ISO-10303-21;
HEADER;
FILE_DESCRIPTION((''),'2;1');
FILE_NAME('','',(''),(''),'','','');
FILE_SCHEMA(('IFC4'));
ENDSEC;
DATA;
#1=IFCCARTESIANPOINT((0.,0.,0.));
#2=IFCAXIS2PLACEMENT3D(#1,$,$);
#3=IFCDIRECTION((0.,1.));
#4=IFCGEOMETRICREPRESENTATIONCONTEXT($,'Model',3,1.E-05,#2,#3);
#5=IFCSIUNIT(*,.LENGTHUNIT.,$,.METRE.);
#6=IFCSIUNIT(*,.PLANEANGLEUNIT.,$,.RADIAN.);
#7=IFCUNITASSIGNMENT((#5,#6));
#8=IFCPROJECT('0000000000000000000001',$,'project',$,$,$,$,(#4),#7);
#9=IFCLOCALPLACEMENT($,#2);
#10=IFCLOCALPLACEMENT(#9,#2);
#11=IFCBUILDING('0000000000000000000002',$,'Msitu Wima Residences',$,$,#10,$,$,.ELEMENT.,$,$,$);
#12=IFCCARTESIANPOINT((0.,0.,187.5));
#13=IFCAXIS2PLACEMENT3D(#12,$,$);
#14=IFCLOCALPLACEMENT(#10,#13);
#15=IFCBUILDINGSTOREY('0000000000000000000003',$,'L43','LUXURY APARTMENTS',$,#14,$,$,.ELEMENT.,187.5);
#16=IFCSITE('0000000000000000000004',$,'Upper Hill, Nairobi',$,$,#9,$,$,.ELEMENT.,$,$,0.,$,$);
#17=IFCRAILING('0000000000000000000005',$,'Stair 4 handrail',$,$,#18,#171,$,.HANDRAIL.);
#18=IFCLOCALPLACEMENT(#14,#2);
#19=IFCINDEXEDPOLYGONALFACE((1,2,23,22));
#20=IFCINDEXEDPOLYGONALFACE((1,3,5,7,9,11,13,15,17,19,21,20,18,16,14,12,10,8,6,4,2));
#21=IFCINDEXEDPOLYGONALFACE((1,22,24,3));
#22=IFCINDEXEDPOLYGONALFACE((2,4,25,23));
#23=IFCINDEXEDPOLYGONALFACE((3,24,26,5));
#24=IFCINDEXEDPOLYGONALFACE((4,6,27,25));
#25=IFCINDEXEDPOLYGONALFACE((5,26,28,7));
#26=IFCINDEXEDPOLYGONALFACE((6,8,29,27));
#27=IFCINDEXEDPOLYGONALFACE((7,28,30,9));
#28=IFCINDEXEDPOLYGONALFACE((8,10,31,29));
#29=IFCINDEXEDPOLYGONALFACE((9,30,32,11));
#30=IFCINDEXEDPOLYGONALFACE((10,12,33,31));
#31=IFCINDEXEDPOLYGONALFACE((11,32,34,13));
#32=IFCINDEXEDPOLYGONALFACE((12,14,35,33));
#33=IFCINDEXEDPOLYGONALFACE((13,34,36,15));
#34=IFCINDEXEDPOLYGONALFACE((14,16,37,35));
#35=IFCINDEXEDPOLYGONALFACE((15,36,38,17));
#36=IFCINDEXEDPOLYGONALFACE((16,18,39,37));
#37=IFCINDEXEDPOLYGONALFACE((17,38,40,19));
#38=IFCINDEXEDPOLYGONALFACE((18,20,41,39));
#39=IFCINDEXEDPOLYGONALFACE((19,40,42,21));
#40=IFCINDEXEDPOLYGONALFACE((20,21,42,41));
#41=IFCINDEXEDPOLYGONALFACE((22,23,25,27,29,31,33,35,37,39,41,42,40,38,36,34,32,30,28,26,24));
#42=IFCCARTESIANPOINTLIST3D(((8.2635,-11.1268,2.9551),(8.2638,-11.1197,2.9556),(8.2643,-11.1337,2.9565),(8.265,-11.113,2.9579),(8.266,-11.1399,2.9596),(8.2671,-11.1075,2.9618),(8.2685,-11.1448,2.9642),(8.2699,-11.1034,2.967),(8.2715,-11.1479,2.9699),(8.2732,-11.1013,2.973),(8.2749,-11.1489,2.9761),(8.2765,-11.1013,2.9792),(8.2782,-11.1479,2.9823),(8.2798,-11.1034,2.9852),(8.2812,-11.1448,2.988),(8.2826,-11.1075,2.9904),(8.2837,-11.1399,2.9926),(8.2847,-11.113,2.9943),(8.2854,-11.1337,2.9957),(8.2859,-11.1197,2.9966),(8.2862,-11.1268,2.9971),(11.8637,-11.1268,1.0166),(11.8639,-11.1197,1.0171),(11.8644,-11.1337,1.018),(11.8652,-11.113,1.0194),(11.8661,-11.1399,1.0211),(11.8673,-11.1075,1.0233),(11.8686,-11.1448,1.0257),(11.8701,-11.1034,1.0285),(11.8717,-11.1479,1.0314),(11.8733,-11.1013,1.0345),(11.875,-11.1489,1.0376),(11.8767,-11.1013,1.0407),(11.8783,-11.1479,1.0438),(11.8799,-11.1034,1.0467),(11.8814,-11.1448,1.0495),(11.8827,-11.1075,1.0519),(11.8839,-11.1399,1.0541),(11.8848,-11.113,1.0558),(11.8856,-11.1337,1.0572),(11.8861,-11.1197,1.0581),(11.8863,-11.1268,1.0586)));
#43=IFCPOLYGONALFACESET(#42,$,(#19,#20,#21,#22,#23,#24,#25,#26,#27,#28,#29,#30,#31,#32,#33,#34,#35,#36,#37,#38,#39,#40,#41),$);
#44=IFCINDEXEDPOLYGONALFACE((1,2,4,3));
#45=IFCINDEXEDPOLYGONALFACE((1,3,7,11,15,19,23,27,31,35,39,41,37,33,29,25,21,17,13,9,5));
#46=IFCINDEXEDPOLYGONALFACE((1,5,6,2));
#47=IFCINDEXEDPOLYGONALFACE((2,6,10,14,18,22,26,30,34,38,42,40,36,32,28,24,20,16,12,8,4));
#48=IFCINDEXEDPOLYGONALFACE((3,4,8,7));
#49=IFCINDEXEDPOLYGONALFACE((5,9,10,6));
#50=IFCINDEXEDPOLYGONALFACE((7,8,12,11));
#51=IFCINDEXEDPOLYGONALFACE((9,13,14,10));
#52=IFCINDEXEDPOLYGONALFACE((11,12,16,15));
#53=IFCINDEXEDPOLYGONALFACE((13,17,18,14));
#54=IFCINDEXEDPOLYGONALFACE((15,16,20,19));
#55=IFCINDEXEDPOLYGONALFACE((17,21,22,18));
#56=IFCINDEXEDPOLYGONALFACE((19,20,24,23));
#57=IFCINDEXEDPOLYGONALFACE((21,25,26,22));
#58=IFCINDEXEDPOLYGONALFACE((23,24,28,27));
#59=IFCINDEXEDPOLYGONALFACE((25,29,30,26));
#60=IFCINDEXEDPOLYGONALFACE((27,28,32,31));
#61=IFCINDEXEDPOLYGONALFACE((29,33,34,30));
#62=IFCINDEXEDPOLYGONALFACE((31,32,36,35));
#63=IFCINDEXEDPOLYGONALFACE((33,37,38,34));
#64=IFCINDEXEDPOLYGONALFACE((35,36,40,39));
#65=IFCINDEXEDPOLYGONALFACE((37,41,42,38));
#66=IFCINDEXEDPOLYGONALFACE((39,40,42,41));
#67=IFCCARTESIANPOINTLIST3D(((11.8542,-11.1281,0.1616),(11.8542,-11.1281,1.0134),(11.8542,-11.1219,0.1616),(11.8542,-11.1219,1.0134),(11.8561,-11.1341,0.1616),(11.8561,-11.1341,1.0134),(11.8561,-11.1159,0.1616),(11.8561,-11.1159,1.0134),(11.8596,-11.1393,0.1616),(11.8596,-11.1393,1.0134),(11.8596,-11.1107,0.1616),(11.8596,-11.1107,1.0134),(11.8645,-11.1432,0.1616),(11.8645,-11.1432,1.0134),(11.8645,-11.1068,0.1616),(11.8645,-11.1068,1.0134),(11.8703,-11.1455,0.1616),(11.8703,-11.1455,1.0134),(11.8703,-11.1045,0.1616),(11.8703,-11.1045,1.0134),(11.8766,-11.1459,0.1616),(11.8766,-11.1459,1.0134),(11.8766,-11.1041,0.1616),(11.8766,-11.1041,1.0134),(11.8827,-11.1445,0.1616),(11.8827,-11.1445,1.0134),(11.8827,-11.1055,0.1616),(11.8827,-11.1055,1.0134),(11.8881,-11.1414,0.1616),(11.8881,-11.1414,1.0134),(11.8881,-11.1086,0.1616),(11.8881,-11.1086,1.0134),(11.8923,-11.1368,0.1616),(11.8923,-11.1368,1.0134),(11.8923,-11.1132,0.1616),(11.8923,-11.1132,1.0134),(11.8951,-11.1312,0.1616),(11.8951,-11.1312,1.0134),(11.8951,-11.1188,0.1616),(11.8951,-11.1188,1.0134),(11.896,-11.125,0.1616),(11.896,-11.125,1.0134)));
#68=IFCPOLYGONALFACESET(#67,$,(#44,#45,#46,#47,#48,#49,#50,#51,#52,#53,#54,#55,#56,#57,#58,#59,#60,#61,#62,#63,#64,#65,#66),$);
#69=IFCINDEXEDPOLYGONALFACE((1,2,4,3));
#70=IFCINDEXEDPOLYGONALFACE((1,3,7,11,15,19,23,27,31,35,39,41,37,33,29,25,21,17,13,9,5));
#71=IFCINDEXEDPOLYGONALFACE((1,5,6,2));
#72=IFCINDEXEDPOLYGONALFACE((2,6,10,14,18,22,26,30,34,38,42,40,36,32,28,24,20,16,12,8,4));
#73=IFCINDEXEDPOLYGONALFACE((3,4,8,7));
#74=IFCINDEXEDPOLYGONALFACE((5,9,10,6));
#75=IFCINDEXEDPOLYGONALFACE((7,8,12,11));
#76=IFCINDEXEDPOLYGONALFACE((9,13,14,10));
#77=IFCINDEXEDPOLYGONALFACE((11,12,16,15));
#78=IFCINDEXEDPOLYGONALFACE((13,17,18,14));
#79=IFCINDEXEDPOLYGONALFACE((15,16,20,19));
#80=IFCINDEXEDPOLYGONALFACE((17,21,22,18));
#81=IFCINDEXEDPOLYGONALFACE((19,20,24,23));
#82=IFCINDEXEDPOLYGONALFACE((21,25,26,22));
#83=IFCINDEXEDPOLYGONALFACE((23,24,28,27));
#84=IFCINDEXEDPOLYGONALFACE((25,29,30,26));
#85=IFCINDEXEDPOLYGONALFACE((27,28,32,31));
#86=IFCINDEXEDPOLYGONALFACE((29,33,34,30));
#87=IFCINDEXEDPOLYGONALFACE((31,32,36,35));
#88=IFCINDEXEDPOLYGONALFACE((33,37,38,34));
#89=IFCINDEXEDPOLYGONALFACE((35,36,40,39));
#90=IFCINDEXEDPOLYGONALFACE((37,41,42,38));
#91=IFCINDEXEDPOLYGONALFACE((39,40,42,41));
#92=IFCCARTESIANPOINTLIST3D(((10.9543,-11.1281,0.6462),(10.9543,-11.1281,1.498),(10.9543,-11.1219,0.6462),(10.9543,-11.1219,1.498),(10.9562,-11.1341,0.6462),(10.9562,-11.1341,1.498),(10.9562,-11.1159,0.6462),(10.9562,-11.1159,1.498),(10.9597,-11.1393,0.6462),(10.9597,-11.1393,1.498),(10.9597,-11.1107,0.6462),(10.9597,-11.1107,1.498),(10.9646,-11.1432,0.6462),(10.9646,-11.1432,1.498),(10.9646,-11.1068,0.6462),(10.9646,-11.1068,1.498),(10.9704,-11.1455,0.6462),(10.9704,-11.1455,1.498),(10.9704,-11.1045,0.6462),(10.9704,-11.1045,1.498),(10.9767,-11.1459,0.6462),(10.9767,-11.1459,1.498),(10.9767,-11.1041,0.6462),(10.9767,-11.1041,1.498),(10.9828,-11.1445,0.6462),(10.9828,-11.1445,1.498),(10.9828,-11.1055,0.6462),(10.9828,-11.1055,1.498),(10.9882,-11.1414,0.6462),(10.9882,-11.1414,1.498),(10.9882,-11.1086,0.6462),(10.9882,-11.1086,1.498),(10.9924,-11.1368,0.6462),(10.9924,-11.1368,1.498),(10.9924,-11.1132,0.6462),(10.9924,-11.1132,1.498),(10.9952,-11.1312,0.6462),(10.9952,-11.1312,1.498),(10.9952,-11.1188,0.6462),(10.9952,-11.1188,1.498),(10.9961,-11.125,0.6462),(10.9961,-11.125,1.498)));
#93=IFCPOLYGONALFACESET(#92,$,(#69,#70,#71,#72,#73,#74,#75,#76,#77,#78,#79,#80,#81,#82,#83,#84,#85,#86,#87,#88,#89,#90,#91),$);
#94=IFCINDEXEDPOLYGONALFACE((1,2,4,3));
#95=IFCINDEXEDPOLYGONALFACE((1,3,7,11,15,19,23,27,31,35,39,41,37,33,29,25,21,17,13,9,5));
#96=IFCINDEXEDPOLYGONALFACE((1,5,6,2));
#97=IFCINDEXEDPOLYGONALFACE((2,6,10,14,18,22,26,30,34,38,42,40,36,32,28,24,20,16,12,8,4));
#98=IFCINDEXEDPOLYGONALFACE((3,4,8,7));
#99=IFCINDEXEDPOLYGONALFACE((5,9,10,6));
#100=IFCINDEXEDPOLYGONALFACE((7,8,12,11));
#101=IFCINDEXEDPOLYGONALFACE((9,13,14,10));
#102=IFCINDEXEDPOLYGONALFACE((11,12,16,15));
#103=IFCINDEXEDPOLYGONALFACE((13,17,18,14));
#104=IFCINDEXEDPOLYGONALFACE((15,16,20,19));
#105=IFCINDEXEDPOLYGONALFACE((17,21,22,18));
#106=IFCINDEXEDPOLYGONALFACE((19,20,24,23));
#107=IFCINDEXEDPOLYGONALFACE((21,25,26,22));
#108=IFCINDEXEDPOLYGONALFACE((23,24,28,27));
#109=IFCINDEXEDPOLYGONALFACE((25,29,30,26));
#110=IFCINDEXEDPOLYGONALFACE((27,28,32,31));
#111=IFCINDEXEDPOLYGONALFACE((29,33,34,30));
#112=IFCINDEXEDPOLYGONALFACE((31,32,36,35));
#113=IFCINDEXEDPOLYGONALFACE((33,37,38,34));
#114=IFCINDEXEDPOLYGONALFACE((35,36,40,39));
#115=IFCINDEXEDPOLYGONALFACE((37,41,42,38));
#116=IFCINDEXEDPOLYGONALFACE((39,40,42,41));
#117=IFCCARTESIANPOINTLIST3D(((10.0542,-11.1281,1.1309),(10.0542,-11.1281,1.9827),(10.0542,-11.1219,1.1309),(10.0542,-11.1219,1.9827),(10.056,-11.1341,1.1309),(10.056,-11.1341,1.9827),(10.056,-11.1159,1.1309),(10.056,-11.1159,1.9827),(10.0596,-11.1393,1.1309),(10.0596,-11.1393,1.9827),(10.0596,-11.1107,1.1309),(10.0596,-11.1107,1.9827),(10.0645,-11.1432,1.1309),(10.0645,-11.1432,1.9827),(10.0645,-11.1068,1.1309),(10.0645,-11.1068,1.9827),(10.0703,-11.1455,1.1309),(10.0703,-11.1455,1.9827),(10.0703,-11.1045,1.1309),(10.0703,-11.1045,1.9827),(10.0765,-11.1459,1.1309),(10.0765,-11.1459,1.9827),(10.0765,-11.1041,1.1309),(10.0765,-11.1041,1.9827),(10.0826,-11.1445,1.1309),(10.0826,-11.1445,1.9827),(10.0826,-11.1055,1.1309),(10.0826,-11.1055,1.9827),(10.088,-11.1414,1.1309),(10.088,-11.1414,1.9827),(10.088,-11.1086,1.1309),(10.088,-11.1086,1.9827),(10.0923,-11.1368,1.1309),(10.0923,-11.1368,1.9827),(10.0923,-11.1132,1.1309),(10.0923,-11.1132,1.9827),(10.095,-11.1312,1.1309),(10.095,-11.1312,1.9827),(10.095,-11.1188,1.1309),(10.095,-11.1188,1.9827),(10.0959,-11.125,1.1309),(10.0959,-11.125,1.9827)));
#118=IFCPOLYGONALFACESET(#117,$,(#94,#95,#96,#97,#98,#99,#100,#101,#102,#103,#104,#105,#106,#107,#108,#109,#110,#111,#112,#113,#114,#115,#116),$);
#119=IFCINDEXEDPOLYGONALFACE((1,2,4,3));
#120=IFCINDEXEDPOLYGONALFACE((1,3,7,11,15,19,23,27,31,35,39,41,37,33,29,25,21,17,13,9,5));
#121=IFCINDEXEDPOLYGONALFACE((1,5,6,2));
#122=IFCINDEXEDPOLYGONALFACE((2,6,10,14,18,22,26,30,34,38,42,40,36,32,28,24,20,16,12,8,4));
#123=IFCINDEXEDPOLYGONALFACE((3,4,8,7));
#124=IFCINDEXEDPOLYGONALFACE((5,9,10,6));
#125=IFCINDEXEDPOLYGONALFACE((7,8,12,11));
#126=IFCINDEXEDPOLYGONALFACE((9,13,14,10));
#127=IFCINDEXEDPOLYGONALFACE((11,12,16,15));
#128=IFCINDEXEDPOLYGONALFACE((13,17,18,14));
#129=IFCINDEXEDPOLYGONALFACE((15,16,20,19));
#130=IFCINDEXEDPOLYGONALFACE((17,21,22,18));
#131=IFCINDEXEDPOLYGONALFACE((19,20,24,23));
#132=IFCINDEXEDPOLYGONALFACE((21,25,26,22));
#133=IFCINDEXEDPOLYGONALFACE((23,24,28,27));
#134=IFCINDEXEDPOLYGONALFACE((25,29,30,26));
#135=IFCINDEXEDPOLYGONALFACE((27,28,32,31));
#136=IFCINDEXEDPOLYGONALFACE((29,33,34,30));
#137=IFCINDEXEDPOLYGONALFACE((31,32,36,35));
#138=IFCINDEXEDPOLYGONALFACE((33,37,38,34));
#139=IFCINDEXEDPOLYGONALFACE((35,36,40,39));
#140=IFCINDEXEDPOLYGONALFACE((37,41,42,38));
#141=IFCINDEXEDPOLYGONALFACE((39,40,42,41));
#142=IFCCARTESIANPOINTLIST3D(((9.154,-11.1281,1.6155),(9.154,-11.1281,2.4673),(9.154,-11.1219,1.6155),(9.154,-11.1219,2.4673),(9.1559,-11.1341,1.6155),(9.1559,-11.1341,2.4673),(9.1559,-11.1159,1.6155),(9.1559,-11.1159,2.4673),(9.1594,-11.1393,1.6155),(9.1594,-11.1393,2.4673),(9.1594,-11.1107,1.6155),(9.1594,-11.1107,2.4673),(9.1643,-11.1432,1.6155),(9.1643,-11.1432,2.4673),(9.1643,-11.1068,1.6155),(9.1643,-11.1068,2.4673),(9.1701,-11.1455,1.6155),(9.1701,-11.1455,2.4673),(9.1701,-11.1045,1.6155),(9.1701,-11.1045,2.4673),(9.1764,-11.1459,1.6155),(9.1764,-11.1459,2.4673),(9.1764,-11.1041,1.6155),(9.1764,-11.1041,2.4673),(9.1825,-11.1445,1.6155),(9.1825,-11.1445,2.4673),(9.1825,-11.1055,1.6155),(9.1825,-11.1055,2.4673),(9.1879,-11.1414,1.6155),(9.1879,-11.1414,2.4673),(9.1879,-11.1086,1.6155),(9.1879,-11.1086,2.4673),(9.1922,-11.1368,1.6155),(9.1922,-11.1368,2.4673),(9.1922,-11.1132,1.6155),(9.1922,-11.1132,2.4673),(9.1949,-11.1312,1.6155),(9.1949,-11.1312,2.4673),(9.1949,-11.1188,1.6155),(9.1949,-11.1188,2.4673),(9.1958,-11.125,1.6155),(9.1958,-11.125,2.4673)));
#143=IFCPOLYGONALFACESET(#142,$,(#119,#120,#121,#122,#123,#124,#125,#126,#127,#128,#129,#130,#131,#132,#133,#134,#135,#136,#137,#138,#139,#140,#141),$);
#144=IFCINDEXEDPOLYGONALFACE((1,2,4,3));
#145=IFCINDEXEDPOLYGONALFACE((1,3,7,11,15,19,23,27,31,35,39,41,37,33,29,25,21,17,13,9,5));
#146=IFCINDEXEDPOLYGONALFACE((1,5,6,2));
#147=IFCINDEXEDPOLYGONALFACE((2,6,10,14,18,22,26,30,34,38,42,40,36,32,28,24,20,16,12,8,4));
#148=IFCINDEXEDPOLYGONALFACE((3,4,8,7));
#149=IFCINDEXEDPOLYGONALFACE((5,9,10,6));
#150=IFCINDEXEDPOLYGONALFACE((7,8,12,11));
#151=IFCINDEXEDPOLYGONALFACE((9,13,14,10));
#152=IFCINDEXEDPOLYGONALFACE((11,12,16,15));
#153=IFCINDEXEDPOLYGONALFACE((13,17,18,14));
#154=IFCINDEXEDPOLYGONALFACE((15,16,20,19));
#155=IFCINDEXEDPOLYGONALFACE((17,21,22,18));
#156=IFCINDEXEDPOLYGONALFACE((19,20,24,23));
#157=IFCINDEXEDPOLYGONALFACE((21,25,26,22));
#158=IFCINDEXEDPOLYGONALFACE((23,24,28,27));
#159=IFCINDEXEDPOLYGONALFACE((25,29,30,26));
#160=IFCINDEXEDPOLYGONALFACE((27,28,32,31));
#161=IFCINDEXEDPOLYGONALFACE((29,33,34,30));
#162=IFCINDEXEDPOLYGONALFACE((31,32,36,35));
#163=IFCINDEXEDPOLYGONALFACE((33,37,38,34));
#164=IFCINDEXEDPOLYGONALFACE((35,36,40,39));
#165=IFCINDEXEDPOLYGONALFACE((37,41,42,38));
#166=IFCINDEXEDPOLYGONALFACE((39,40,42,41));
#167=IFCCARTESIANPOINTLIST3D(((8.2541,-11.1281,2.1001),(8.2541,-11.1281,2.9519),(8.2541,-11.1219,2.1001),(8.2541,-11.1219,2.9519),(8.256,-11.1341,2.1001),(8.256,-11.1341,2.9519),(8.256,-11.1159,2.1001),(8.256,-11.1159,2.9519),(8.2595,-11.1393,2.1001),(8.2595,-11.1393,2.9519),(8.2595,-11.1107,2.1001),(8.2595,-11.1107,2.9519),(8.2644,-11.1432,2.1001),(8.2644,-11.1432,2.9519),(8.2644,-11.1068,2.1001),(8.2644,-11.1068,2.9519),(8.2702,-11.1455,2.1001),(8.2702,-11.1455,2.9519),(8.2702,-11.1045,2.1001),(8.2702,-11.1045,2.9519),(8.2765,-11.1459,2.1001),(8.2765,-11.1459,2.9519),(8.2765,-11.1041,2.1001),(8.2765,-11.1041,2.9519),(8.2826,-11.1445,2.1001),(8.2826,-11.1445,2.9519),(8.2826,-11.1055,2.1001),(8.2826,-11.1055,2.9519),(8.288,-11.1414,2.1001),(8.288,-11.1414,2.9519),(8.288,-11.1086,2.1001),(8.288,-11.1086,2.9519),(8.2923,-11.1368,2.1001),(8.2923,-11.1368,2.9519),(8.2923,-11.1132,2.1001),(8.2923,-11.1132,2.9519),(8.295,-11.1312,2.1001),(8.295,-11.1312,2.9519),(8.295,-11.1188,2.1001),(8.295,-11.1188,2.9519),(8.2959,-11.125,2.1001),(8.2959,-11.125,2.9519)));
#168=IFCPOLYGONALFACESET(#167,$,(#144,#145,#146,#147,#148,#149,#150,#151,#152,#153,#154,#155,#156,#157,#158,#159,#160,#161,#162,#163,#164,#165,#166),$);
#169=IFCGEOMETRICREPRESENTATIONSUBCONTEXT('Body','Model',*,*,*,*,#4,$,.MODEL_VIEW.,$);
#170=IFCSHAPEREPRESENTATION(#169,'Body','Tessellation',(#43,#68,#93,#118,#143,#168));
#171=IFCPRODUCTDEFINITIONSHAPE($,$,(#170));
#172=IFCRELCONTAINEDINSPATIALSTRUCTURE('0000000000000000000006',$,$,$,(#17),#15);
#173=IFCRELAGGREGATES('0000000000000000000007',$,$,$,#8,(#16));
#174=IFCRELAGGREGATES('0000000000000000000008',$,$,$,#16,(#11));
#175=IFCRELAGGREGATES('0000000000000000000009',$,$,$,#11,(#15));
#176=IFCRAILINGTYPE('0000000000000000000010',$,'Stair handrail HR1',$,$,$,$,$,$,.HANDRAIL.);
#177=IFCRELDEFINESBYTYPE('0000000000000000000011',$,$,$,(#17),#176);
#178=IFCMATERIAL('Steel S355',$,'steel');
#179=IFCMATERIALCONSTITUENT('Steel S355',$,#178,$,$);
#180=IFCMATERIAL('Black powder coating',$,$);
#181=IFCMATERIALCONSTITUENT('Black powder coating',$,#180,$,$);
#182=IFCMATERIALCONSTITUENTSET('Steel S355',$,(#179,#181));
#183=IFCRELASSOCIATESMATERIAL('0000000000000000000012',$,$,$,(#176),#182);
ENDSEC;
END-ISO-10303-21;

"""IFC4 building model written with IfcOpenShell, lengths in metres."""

from ifc_helpers import new_model, si_unit, direction, frame, origin, origin_2d, place, context, subcontext, project, spatial, circle, extrude, material, constituent, constituent_set, type_object, element, save


model = new_model("IFC4")

# Units and contexts
model_context = context("Model", 3, precision=1e-05, world=origin(), true_north=direction((0.0, 1.0)))
body_context = subcontext(model_context, "Body", "Model", "MODEL_VIEW")
ifc_project = project(units=[si_unit("LENGTHUNIT", "METRE"), si_unit("PLANEANGLEUNIT", "RADIAN")], contexts=[model_context])

# Site, building, storey
site_placement = place(None, origin())
site = spatial("IfcSite", under=ifc_project, at=site_placement, Name="Upper Hill, Nairobi", CompositionType="ELEMENT", RefElevation=0.0)
building_placement = place(site_placement, origin())
building = spatial("IfcBuilding", under=site, at=building_placement, Name="Msitu Wima Residences", CompositionType="ELEMENT")
storey_placement = place(building_placement, frame((0.0, 0.0, 187.5)))
storey = spatial("IfcBuildingStorey", under=building, at=storey_placement, Name="L43", Description="LUXURY APARTMENTS", CompositionType="ELEMENT", Elevation=187.5)

# Railing
ifc_material_1 = material(Name="Steel S355", Category="steel")
ifc_constituent_1 = constituent(ifc_material_1, Name="Steel S355")
ifc_material_2 = material(Name="Black powder coating")
ifc_constituent_2 = constituent(ifc_material_2, Name="Black powder coating")
ifc_constituent_set = constituent_set(constituents=[ifc_constituent_1, ifc_constituent_2], Name="Steel S355")
railing_type = type_object("IfcRailingType", Name="Stair handrail HR1", PredefinedType="HANDRAIL", material=ifc_constituent_set)
for number, where, name in (
    (1, (11.875, -11.125, 0.1616), "Stair 4 handrail"),
):
    element("IfcRailing", number, at=place(storey_placement, frame(where)), inside=storey, type_object=railing_type, Name=name, PredefinedType="HANDRAIL", context=body_context, shape_type="SweptSolid", body=[
        extrude(circle(Radius=0.0239, at=origin_2d()), frame((0.0, 0.0, 0.876), z_axis=(-0.880475, 0.0, 0.474093), x_axis=(0.0, -1.0, 0.0)), (0.0, 0.0, 1.0), 4.0889),
        extrude(circle(Radius=0.021, at=origin_2d()), origin(), (0.0, 0.0, 1.0), 0.8518),
        extrude(circle(Radius=0.021, at=origin_2d()), frame((-0.8999, 0.0, 0.4846)), (0.0, 0.0, 1.0), 0.8518),
        extrude(circle(Radius=0.021, at=origin_2d()), frame((-1.8, 0.0, 0.9692)), (0.0, 0.0, 1.0), 0.8518),
        extrude(circle(Radius=0.021, at=origin_2d()), frame((-2.7002, 0.0, 1.4539)), (0.0, 0.0, 1.0), 0.8518),
        extrude(circle(Radius=0.021, at=origin_2d()), frame((-3.6001, 0.0, 1.9385)), (0.0, 0.0, 1.0), 0.8518),
    ])

save(model, "model.ifc")
